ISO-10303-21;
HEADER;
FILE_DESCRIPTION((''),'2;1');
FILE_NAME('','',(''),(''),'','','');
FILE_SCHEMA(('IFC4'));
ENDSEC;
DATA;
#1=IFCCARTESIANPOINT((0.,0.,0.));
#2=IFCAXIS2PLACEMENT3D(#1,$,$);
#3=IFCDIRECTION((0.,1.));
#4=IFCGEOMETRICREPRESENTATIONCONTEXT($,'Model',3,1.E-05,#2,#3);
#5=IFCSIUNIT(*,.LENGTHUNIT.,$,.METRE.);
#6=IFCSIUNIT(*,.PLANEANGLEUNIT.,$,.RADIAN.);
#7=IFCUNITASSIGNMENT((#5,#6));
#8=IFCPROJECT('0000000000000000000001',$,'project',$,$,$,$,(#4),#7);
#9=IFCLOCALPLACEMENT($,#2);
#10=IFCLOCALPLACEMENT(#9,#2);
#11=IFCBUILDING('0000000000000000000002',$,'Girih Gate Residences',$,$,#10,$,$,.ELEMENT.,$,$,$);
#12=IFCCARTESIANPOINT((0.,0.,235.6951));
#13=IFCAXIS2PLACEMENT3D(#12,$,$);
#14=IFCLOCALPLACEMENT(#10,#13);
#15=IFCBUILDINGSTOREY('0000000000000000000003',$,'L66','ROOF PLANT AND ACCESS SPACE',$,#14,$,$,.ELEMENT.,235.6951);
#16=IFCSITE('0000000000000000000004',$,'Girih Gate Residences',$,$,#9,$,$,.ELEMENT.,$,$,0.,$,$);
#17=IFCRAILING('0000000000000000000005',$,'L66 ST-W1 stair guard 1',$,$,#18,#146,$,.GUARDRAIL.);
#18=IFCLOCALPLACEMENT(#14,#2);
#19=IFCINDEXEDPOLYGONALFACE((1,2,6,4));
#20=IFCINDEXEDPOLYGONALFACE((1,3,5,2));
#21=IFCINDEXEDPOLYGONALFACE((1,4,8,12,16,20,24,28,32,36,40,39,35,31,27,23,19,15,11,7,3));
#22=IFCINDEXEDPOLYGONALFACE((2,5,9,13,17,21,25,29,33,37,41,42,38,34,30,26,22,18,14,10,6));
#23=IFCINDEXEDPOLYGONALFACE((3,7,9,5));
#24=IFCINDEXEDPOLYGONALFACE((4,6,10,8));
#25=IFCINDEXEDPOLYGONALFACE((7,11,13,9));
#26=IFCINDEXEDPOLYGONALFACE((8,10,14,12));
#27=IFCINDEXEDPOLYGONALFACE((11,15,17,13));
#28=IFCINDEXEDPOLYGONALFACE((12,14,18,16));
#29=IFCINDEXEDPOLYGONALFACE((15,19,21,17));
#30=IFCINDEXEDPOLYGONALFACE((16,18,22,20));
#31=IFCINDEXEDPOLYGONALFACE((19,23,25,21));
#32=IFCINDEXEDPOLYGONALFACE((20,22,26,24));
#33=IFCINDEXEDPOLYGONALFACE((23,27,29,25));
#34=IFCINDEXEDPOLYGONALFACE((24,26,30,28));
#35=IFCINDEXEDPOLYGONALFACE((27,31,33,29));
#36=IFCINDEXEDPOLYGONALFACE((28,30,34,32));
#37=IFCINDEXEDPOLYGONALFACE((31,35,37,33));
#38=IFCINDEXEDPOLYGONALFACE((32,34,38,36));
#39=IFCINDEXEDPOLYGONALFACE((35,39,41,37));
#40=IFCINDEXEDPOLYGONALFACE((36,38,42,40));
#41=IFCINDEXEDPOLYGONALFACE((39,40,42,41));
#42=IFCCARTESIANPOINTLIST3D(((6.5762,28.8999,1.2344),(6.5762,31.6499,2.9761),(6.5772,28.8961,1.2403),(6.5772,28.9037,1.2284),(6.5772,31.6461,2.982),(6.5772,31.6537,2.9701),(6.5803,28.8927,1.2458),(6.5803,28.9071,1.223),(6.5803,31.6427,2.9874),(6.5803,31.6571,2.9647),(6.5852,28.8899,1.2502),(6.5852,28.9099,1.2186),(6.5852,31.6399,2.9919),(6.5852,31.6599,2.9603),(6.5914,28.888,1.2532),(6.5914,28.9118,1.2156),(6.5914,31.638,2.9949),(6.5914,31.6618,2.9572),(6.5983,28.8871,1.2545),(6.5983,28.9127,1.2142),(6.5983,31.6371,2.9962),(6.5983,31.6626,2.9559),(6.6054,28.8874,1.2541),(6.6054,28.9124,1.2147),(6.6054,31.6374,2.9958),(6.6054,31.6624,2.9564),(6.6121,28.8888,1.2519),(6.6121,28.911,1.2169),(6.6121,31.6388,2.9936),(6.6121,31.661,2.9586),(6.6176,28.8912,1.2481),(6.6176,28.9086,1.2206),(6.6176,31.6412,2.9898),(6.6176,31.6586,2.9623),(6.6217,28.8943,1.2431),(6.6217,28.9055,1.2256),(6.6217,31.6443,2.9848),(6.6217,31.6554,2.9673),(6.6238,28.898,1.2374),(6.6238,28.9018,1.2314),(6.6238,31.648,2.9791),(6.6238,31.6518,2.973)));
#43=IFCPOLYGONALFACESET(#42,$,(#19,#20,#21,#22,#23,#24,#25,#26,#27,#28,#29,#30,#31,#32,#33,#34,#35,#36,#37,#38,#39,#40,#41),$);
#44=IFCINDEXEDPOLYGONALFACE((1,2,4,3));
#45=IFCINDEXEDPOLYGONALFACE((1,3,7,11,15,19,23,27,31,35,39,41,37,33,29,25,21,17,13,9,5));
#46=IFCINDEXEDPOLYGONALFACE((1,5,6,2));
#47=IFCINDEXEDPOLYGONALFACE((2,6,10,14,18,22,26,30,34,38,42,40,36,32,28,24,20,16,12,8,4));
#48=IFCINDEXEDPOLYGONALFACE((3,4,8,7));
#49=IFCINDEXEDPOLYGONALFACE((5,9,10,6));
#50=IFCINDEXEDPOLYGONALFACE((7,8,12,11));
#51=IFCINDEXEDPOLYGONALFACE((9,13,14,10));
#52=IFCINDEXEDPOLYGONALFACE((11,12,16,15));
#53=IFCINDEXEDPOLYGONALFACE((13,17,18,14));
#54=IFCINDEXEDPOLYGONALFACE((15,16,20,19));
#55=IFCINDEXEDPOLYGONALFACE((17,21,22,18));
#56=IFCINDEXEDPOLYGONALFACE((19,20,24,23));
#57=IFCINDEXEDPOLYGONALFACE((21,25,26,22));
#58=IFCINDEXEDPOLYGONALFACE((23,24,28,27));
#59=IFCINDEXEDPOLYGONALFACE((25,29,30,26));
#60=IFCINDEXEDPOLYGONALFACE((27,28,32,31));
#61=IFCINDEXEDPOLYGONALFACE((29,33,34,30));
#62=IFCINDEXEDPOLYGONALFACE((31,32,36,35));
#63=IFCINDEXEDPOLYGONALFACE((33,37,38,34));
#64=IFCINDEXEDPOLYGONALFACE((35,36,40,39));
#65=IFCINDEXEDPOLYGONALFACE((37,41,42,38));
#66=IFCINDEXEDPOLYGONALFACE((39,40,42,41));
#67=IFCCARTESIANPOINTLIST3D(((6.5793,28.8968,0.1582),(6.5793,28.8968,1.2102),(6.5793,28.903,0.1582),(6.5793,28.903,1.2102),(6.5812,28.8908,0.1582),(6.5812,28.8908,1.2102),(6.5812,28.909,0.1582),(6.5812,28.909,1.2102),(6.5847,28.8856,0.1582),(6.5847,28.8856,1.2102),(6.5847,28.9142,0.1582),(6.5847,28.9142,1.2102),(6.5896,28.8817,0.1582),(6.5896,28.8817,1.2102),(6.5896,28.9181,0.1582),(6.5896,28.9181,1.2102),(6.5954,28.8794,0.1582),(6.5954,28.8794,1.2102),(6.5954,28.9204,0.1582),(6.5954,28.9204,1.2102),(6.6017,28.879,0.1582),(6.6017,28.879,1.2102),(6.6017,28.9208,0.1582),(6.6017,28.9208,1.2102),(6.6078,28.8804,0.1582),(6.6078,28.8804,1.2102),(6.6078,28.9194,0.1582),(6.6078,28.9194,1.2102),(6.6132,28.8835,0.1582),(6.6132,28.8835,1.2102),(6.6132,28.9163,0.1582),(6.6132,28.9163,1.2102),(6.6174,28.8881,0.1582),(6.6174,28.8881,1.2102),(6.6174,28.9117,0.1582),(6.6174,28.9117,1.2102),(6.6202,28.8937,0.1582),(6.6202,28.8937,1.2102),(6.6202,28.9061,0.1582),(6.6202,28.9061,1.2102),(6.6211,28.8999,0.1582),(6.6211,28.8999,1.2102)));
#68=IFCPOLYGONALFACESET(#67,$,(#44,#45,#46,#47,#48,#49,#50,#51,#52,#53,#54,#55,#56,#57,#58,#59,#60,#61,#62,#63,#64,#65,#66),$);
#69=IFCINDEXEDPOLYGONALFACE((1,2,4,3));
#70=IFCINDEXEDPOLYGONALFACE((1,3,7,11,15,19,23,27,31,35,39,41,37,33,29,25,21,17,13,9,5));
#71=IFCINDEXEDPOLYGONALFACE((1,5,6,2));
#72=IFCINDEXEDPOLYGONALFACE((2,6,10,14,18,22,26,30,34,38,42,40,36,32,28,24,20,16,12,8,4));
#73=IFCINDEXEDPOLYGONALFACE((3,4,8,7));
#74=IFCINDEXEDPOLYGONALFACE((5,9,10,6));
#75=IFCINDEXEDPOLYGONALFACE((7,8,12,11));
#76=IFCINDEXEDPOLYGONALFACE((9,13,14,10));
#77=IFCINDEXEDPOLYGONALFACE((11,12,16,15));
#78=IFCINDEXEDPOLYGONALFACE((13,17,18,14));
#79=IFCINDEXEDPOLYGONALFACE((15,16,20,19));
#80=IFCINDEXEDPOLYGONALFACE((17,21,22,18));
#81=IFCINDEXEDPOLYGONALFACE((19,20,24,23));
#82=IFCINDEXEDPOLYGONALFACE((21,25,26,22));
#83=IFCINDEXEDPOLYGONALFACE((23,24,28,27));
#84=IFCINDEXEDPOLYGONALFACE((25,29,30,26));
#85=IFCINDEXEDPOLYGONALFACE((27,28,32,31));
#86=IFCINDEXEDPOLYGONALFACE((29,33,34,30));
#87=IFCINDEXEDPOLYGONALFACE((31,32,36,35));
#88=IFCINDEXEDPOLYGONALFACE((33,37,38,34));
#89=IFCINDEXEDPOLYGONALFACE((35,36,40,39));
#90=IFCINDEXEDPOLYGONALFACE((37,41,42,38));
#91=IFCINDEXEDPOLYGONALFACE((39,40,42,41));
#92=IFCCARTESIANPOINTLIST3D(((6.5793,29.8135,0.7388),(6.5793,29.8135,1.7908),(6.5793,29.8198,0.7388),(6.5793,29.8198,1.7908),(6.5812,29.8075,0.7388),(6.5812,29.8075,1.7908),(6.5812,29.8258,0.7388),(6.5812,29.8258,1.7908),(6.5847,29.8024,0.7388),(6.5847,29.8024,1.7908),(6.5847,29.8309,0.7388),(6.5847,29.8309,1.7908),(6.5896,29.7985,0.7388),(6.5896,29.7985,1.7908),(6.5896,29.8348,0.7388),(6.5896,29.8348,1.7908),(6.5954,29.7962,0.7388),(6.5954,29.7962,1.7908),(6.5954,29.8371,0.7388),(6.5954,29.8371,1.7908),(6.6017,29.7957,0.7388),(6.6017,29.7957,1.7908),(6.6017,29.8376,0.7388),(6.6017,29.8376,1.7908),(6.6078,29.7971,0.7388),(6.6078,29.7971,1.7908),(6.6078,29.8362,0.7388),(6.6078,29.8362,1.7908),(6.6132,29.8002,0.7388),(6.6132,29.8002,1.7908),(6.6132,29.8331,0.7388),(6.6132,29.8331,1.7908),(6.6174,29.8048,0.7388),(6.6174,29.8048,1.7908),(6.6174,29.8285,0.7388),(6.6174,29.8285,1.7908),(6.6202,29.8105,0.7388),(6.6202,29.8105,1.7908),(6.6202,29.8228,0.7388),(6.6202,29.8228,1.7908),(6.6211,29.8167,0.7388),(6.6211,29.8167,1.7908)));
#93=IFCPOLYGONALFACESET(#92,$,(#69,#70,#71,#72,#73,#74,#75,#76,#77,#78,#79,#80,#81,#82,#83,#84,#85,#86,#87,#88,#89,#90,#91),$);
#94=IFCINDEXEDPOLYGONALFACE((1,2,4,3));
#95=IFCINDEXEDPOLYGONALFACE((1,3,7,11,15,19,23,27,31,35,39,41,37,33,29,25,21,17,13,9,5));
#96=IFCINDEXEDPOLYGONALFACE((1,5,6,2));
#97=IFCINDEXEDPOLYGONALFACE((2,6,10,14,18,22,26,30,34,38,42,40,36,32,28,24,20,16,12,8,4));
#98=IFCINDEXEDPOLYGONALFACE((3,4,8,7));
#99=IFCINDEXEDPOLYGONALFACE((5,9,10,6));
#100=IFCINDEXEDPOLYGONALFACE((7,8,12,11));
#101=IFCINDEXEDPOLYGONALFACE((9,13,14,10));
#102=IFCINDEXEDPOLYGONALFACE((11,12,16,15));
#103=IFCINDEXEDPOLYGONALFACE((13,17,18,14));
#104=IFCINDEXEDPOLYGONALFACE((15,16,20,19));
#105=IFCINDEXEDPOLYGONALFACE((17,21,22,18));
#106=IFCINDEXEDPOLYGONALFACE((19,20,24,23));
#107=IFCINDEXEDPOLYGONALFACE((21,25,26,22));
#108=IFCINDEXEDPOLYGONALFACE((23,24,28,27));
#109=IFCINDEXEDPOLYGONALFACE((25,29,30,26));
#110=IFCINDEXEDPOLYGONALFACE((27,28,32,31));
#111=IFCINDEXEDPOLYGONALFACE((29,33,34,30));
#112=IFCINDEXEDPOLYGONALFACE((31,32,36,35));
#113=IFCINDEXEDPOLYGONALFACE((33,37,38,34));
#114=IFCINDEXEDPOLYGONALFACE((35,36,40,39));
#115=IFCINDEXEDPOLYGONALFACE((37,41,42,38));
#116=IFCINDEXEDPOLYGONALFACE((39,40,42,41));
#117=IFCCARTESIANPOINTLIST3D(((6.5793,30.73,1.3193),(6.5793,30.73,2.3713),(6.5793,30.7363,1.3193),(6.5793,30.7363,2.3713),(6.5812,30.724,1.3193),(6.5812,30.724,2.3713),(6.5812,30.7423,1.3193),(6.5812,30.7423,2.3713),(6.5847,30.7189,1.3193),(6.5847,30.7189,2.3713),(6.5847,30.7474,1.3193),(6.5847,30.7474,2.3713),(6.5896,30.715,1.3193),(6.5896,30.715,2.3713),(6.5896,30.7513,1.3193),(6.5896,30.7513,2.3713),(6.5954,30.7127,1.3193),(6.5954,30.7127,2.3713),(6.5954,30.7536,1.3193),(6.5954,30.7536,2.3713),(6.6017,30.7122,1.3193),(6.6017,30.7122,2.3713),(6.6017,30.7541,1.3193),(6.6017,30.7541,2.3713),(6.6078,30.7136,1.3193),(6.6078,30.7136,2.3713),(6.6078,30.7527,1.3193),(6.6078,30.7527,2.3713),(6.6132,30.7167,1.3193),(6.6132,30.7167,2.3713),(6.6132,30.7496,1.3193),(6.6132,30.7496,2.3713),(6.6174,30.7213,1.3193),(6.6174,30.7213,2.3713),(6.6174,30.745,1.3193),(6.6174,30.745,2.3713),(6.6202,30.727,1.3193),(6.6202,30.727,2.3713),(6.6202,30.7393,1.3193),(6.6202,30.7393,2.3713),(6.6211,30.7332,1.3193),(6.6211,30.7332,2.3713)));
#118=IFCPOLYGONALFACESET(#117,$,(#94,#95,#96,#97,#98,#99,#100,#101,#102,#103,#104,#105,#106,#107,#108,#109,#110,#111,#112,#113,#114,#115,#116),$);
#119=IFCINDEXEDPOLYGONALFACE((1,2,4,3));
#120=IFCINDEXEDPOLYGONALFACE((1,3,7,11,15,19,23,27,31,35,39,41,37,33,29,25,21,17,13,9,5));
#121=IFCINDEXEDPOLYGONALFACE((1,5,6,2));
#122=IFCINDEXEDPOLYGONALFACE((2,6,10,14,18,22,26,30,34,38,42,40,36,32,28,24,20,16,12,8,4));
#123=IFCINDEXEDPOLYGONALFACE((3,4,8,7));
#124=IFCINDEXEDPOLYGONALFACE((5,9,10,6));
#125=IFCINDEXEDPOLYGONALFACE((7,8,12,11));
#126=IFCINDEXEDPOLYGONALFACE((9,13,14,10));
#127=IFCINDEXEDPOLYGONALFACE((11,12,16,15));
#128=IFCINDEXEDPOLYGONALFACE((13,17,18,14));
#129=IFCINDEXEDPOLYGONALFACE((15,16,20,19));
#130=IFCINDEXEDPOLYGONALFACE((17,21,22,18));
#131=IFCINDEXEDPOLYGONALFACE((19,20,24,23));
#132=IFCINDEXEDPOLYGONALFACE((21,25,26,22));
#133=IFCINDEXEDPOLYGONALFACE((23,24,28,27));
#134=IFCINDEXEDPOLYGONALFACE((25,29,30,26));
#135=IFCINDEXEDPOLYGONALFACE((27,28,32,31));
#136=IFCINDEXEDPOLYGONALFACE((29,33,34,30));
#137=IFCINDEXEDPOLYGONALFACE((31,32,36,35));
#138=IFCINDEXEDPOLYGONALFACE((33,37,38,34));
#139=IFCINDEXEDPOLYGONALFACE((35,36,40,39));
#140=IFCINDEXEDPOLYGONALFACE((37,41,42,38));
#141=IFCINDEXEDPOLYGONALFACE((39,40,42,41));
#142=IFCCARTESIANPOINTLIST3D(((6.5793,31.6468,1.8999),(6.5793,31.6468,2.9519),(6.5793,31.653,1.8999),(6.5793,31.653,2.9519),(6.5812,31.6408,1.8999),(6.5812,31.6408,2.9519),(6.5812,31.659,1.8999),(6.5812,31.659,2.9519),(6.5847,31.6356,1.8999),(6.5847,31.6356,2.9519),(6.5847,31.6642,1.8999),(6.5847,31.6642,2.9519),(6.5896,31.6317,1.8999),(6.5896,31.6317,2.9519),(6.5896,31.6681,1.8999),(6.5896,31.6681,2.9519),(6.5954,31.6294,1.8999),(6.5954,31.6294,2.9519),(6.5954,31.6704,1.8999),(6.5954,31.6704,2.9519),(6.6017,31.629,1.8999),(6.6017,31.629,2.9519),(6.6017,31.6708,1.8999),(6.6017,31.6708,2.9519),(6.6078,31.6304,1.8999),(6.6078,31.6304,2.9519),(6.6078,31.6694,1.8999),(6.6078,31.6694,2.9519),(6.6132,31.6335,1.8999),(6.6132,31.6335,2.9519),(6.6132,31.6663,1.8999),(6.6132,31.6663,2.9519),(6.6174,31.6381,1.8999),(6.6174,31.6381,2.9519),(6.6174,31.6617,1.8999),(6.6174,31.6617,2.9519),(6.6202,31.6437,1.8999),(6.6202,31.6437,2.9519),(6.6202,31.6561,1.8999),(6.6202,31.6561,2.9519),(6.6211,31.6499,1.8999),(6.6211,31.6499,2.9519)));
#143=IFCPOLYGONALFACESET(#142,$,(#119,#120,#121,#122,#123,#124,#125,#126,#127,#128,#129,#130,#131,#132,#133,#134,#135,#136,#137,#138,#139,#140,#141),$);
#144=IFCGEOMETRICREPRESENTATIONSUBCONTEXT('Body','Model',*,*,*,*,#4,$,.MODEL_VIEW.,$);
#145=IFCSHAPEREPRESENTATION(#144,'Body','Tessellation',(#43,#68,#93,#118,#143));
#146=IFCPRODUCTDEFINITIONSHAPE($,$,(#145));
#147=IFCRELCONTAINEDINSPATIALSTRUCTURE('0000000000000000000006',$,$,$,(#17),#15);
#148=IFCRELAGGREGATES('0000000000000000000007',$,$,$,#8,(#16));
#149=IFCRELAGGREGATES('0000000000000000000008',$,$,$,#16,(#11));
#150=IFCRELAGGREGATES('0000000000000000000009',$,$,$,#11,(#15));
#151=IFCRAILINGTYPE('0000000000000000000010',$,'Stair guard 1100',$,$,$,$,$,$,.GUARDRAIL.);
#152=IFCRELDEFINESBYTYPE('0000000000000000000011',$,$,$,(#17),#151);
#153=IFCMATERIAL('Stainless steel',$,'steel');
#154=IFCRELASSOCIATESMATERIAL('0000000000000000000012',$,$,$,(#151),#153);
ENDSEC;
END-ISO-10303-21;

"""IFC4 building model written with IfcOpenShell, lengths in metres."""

from ifc_helpers import new_model, si_unit, direction, frame, origin, origin_2d, place, context, subcontext, project, spatial, circle, extrude, material, type_object, element, save


model = new_model("IFC4")

# Units and contexts
model_context = context("Model", 3, precision=1e-05, world=origin(), true_north=direction((0.0, 1.0)))
body_context = subcontext(model_context, "Body", "Model", "MODEL_VIEW")
ifc_project = project(units=[si_unit("LENGTHUNIT", "METRE"), si_unit("PLANEANGLEUNIT", "RADIAN")], contexts=[model_context])

# Site, building, storey
site_placement = place(None, origin())
site = spatial("IfcSite", under=ifc_project, at=site_placement, Name="Girih Gate Residences", CompositionType="ELEMENT", RefElevation=0.0)
building_placement = place(site_placement, origin())
building = spatial("IfcBuilding", under=site, at=building_placement, Name="Girih Gate Residences", CompositionType="ELEMENT")
storey_placement = place(building_placement, frame((0.0, 0.0, 235.6951)))
storey = spatial("IfcBuildingStorey", under=building, at=storey_placement, Name="L66", Description="ROOF PLANT AND ACCESS SPACE", CompositionType="ELEMENT", Elevation=235.6951)

# Railing
ifc_material_1 = material(Name="Stainless steel", Category="steel")
railing_type_1 = type_object("IfcRailingType", Name="Stair guard 1100", PredefinedType="GUARDRAIL", material=ifc_material_1)
for number, where, name in (
    (1, (6.6001, 28.8999, 0.1582), "L66 ST-W1 stair guard 1"),
):
    element("IfcRailing", number, at=place(storey_placement, frame(where)), inside=storey, type_object=railing_type_1, Name=name, PredefinedType="GUARDRAIL", context=body_context, shape_type="SweptSolid", body=[
        extrude(circle(Radius=0.0239, at=origin_2d()), frame((0.0, 0.0, 1.0762), z_axis=(0.0, 0.844815, 0.535059), x_axis=(-1.0, 0.0, 0.0)), (0.0, 0.0, 1.0), 3.2551),
        extrude(circle(Radius=0.021, at=origin_2d()), origin(), (0.0, 0.0, 1.0), 1.052),
        extrude(circle(Radius=0.021, at=origin_2d()), frame((0.0, 0.9167, 0.5806)), (0.0, 0.0, 1.0), 1.052),
        extrude(circle(Radius=0.021, at=origin_2d()), frame((0.0, 1.8333, 1.1611)), (0.0, 0.0, 1.0), 1.052),
        extrude(circle(Radius=0.021, at=origin_2d()), frame((0.0, 2.75, 1.7417)), (0.0, 0.0, 1.0), 1.052),
    ])

save(model, "model.ifc")
